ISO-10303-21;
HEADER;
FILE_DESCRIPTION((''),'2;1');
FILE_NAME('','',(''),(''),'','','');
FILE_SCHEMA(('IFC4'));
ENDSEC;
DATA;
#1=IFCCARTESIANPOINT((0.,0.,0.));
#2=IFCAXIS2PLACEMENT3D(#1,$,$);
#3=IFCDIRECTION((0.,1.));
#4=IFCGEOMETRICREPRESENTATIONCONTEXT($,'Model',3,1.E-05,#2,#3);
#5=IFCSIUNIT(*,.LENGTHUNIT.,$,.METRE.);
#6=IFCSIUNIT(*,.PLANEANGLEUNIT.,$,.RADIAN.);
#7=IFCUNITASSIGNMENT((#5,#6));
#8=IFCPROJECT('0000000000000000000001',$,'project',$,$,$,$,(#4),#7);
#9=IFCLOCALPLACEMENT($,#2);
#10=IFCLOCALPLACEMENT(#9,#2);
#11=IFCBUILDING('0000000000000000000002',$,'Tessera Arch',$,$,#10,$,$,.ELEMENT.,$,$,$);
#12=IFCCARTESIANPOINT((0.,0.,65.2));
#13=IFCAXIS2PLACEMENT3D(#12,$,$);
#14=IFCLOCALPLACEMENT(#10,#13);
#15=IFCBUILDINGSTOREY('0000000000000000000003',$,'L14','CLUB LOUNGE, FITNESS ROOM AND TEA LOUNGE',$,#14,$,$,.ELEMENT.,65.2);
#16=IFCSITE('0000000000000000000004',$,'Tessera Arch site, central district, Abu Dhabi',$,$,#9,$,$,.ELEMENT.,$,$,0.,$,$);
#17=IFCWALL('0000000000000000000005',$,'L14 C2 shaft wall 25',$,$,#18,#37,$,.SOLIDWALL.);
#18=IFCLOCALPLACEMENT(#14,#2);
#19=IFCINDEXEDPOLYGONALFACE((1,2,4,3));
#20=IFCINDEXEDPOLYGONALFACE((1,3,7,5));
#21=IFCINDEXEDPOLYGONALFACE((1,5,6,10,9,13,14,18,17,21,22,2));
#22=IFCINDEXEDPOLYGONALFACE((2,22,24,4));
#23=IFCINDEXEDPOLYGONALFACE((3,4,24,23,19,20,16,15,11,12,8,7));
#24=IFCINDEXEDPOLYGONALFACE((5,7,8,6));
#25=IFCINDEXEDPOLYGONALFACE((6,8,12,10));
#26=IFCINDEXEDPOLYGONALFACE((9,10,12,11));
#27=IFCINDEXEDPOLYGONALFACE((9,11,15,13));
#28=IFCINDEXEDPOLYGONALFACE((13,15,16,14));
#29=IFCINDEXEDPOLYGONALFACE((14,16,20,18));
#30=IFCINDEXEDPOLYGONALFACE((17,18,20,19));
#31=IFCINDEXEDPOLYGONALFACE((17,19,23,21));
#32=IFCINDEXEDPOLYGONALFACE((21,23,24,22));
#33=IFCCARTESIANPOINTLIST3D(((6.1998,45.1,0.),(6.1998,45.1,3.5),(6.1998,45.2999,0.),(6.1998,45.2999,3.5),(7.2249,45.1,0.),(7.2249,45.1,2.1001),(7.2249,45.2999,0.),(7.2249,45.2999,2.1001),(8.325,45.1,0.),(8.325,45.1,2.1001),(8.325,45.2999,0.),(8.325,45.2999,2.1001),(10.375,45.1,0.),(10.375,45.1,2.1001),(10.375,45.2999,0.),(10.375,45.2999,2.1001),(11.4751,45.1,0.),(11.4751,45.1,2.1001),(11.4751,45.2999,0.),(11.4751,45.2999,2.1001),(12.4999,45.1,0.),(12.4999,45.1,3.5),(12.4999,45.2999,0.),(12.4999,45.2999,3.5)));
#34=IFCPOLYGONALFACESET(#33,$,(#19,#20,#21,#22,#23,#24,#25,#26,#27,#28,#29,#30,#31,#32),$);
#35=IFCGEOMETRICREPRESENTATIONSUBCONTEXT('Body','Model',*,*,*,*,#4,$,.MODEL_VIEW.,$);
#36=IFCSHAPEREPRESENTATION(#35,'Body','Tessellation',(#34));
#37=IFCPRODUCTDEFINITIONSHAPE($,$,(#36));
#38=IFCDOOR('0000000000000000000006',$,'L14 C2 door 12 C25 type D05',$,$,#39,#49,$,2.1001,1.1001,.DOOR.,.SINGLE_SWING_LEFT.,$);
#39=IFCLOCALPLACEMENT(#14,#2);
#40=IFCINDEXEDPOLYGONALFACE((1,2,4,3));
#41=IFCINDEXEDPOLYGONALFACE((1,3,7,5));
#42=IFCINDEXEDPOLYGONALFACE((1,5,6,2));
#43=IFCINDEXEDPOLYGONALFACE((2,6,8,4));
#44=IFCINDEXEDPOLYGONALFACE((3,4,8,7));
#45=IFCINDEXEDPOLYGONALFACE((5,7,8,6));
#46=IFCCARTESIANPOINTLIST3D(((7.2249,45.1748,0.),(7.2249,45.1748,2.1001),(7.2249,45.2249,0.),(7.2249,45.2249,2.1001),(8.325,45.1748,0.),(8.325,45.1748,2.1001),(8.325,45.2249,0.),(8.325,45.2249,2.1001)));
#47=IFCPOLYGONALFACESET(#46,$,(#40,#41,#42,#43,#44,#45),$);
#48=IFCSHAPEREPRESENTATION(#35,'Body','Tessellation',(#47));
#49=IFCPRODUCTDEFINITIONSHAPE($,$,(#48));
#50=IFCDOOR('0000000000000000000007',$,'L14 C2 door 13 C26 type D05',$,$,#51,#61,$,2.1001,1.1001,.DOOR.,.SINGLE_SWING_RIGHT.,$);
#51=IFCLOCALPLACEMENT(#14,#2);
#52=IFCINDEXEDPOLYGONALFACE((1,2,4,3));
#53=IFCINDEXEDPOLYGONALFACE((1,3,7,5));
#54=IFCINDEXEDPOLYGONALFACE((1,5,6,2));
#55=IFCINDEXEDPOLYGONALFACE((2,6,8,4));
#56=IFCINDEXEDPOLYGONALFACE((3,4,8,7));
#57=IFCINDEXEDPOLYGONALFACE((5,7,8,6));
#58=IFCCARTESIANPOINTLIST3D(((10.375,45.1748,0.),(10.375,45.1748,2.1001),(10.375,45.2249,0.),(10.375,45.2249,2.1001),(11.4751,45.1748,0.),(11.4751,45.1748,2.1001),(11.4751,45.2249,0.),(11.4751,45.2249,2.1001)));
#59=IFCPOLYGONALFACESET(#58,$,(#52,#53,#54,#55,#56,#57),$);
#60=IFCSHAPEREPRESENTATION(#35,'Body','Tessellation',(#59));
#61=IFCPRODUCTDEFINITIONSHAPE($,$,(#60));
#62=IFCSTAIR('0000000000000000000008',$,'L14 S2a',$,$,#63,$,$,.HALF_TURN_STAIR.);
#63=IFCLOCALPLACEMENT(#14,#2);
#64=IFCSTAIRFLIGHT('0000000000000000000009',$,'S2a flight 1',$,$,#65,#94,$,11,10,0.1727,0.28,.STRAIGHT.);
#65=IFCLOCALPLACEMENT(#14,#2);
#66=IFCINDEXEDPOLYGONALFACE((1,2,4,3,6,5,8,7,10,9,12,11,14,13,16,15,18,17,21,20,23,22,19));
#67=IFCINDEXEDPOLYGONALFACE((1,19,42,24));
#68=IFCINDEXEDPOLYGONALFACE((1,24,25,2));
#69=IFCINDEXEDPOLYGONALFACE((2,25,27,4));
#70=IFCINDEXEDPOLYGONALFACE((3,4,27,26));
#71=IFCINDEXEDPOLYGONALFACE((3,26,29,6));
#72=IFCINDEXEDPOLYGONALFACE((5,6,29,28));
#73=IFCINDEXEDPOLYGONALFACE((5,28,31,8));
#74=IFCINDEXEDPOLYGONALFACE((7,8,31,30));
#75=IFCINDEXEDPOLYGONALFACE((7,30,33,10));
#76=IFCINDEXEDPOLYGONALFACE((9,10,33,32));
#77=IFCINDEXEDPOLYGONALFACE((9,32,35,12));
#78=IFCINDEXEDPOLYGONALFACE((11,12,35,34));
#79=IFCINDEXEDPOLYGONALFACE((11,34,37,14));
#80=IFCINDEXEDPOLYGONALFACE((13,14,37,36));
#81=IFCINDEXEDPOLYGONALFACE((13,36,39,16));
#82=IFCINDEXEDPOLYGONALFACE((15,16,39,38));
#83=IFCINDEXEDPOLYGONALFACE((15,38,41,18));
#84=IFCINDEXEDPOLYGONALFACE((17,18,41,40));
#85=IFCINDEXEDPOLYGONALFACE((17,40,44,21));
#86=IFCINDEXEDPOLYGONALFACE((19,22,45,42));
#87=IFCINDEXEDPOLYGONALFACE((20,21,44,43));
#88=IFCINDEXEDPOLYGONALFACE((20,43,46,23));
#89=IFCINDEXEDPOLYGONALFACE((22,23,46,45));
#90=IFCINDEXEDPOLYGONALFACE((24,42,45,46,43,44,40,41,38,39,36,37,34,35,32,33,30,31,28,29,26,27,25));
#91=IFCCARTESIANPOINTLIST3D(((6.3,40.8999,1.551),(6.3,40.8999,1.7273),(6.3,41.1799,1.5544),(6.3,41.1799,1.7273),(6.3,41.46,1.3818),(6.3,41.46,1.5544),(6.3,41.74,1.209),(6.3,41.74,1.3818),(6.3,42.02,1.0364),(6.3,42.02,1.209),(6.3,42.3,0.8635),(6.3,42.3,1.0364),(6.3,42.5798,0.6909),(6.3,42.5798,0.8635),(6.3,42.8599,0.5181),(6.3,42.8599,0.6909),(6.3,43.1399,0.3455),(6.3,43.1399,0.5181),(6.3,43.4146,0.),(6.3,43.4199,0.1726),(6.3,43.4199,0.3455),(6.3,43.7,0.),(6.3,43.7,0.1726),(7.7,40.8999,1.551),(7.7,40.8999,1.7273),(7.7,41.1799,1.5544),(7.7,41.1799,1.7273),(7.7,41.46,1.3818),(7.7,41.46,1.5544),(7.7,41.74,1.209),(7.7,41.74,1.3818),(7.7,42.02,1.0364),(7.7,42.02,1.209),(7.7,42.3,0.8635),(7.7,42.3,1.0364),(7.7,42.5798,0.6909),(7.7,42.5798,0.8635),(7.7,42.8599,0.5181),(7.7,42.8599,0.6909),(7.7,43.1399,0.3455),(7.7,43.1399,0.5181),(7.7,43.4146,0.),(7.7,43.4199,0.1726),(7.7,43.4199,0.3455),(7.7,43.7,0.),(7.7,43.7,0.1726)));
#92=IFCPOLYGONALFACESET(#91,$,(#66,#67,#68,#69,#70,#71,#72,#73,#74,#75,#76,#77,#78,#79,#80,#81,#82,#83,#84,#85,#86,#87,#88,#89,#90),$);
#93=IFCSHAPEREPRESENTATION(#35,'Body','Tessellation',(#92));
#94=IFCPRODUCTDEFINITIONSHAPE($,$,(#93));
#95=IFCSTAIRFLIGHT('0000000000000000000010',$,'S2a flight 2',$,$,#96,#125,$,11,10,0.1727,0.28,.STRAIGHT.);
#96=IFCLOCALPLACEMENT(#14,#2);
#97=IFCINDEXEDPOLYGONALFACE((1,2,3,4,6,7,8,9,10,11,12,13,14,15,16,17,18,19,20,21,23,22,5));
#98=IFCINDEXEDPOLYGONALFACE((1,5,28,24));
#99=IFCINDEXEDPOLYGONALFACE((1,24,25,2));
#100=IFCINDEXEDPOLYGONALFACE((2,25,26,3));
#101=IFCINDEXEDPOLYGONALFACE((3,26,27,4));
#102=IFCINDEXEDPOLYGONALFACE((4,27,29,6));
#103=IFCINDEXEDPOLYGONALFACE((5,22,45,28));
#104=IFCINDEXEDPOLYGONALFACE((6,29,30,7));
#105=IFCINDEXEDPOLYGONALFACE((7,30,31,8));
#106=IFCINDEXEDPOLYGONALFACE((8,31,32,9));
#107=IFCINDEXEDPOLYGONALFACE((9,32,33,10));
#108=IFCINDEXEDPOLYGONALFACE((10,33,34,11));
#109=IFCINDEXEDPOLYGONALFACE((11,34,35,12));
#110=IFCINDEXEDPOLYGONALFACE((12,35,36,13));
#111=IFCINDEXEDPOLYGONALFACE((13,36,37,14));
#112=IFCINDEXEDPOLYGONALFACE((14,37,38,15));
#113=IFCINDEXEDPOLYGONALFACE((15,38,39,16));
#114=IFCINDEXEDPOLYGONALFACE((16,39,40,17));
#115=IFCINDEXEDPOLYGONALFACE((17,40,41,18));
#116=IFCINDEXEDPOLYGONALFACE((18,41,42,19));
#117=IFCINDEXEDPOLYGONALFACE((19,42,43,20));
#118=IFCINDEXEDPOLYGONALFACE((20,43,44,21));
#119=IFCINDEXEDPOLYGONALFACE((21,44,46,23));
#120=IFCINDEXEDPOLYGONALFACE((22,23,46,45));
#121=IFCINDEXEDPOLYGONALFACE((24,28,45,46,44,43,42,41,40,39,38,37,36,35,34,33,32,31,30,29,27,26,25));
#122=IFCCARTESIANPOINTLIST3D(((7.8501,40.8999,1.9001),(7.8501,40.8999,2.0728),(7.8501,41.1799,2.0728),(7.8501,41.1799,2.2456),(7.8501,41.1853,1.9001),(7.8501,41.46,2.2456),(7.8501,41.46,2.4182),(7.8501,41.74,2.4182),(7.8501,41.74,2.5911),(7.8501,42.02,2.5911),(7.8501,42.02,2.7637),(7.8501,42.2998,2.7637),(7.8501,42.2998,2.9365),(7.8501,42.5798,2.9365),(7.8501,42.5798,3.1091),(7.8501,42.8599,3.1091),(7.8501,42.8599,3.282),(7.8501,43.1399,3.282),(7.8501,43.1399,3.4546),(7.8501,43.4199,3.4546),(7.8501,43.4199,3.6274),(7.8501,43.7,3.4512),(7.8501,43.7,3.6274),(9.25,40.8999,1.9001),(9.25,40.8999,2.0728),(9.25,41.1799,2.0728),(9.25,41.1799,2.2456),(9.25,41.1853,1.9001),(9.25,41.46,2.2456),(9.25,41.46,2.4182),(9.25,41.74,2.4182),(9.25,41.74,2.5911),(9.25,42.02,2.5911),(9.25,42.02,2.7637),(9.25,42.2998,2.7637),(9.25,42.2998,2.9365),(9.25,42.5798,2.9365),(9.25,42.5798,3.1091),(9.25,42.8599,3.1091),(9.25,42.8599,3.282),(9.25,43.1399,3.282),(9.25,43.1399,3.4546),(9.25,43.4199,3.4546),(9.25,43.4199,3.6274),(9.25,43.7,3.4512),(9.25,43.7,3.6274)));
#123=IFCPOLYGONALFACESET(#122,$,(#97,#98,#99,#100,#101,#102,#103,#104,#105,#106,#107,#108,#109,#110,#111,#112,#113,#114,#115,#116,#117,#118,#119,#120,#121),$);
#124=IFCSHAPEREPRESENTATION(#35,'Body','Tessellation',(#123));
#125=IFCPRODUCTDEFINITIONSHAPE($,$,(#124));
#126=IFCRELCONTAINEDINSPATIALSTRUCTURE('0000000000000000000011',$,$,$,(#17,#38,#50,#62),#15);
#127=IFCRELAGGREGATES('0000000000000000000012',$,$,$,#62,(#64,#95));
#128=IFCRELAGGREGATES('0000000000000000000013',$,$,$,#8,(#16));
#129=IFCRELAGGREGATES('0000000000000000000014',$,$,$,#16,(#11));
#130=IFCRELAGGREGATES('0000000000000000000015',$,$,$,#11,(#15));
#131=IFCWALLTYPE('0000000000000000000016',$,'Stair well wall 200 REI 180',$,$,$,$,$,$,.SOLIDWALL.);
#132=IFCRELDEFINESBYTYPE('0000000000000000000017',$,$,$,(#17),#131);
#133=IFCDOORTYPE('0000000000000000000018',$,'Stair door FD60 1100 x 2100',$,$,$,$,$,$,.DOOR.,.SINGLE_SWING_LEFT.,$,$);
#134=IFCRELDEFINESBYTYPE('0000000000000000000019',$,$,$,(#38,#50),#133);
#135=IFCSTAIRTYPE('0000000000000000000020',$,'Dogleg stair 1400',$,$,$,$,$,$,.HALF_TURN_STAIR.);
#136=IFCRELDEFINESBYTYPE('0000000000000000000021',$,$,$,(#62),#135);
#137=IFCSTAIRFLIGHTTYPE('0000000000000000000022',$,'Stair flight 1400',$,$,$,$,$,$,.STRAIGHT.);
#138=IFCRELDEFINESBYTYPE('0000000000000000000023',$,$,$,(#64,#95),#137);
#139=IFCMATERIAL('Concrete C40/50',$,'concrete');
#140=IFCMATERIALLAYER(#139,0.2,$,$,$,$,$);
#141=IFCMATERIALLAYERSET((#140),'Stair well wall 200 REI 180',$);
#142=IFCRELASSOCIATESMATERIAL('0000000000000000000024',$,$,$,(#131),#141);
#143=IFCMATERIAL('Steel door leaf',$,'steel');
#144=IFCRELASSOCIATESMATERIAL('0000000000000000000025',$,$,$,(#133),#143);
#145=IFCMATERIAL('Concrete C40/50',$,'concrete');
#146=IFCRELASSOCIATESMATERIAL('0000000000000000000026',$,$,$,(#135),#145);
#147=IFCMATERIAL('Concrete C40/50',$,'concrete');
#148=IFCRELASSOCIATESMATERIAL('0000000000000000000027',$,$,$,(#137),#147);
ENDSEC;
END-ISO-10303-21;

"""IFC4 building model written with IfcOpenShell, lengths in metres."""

from ifc_helpers import new_model, si_unit, direction, frame, frame_2d, origin, place, context, subcontext, project, spatial, polyline, rectangle, outline, extrude, material, layer, layer_set, type_object, element, fill, aggregate, save


model = new_model("IFC4")

# Units and contexts
model_context = context("Model", 3, precision=1e-05, world=origin(), true_north=direction((0.0, 1.0)))
body_context = subcontext(model_context, "Body", "Model", "MODEL_VIEW")
ifc_project = project(units=[si_unit("LENGTHUNIT", "METRE"), si_unit("PLANEANGLEUNIT", "RADIAN")], contexts=[model_context])

# Site, building, storey
site_placement = place(None, origin())
site = spatial("IfcSite", under=ifc_project, at=site_placement, Name="Tessera Arch site, central district, Abu Dhabi", CompositionType="ELEMENT", RefElevation=0.0)
building_placement = place(site_placement, origin())
building = spatial("IfcBuilding", under=site, at=building_placement, Name="Tessera Arch", CompositionType="ELEMENT")
storey_placement = place(building_placement, frame((0.0, 0.0, 65.2)))
storey = spatial("IfcBuildingStorey", under=building, at=storey_placement, Name="L14", Description="CLUB LOUNGE, FITNESS ROOM AND TEA LOUNGE", CompositionType="ELEMENT", Elevation=65.2)

# Wall, openings, doors
ifc_material_1 = material(Name="Concrete C40/50", Category="concrete")
ifc_layer_1 = layer(ifc_material_1, 0.2)
ifc_layer_set_1 = layer_set([ifc_layer_1], Name="Stair well wall 200 REI 180")
wall_type_1 = type_object("IfcWallType", Name="Stair well wall 200 REI 180", PredefinedType="SOLIDWALL", material=ifc_layer_set_1)
wall_1_placement = place(storey_placement, frame((6.2, 45.2, 0.0), z_axis=(0.0, 0.0, 1.0), x_axis=(1.0, 0.0, 0.0)))
wall_1 = element("IfcWall", 1, at=wall_1_placement, inside=storey, type_object=wall_type_1, Name="L14 C2 shaft wall 25", PredefinedType="SOLIDWALL", context=body_context, shape_type="SweptSolid", body=[
    extrude(rectangle(XDim=6.3, YDim=0.2, at=frame_2d((3.1499, 0.0))), origin(), (0.0, 0.0, 1.0), 3.5),
])
opening_1_placement = place(wall_1_placement, frame((1.0249, 0.0, 0.0)))
opening_1 = element("IfcOpeningElement", 2, at=opening_1_placement, cuts=wall_1, PredefinedType="OPENING", context=body_context, shape_type="SweptSolid", body=[
    extrude(rectangle(XDim=1.1001, YDim=2.1001, at=frame_2d((0.55, 1.05))), frame((0.0, 0.1099, 0.0), z_axis=(0.0, -1.0, 0.0), x_axis=(1.0, 0.0, 0.0)), (0.0, 0.0, 1.0), 0.22),
])
opening_2_placement = place(wall_1_placement, frame((4.175, 0.0, 0.0)))
opening_2 = element("IfcOpeningElement", 3, at=opening_2_placement, cuts=wall_1, PredefinedType="OPENING", context=body_context, shape_type="SweptSolid", body=[
    extrude(rectangle(XDim=1.1001, YDim=2.1001, at=frame_2d((0.55, 1.05))), frame((0.0, 0.1099, 0.0), z_axis=(0.0, -1.0, 0.0), x_axis=(1.0, 0.0, 0.0)), (0.0, 0.0, 1.0), 0.22),
])
ifc_material_2 = material(Name="Steel door leaf", Category="steel")
door_type_1 = type_object("IfcDoorType", Name="Stair door FD60 1100 x 2100", OperationType="SINGLE_SWING_LEFT", PredefinedType="DOOR", material=ifc_material_2)
door_1_placement = place(opening_1_placement, origin())
door_1 = element("IfcDoor", 4, at=door_1_placement, inside=storey, type_object=door_type_1, Name="L14 C2 door 12 C25 type D05", OperationType="SINGLE_SWING_LEFT", OverallHeight=2.1001, OverallWidth=1.1001, PredefinedType="DOOR", context=body_context, shape_type="SweptSolid", body=[
    extrude(rectangle(XDim=1.1001, YDim=2.1001, at=frame_2d((0.55, 1.05))), frame((0.0, 0.0249, 0.0), z_axis=(0.0, -1.0, 0.0), x_axis=(1.0, 0.0, 0.0)), (0.0, 0.0, 1.0), 0.05),
])
fill(opening_1, door_1)
door_2_placement = place(opening_2_placement, origin())
door_2 = element("IfcDoor", 5, at=door_2_placement, inside=storey, type_object=door_type_1, Name="L14 C2 door 13 C26 type D05", OperationType="SINGLE_SWING_RIGHT", OverallHeight=2.1001, OverallWidth=1.1001, PredefinedType="DOOR", context=body_context, shape_type="SweptSolid", body=[
    extrude(rectangle(XDim=1.1001, YDim=2.1001, at=frame_2d((0.55, 1.05))), frame((0.0, 0.0249, 0.0), z_axis=(0.0, -1.0, 0.0), x_axis=(1.0, 0.0, 0.0)), (0.0, 0.0, 1.0), 0.05),
])
fill(opening_2, door_2)

# Stair, stair flights
ifc_material_3 = material(Name="Concrete C40/50", Category="concrete")
stair_type = type_object("IfcStairType", Name="Dogleg stair 1400", PredefinedType="HALF_TURN_STAIR", material=ifc_material_3)
stair_placement = place(storey_placement, origin())
stair = element("IfcStair", 6, at=stair_placement, inside=storey, type_object=stair_type, Name="L14 S2a", PredefinedType="HALF_TURN_STAIR")
ifc_material_4 = material(Name="Concrete C40/50", Category="concrete")
stair_flight_type = type_object("IfcStairFlightType", Name="Stair flight 1400", PredefinedType="STRAIGHT", material=ifc_material_4)
stair_flight_1_placement = place(storey_placement, frame((7.0, 43.7, 0.0), z_axis=(0.0, 0.0, 1.0), x_axis=(0.0, -1.0, 0.0)))
stair_flight_1 = element("IfcStairFlight", 7, at=stair_flight_1_placement, type_object=stair_flight_type, Name="S2a flight 1", NumberOfRisers=11, NumberOfTreads=10, PredefinedType="STRAIGHT", RiserHeight=0.1727, TreadLength=0.28, context=body_context, shape_type="SweptSolid", body=[
    extrude(outline(polyline([(0.0, 0.0), (0.0, 0.1726), (0.28, 0.1726), (0.28, 0.3455), (0.5601, 0.3455), (0.5601, 0.5181), (0.8401, 0.5181), (0.8401, 0.6909), (1.1201, 0.6909), (1.1201, 0.8635), (1.3999, 0.8635), (1.3999, 1.0364), (1.6799, 1.0364), (1.6799, 1.209), (1.96, 1.209), (1.96, 1.3818), (2.24, 1.3818), (2.24, 1.5544), (2.52, 1.5544), (2.52, 1.7273), (2.8, 1.7273), (2.8, 1.8999), (2.8, 1.551), (0.2854, 0.0), (0.0, 0.0)])), frame((0.0, 0.7, 0.0), z_axis=(0.0, -1.0, 0.0), x_axis=(1.0, 0.0, 0.0)), (0.0, 0.0, 1.0), 1.3999),
])
stair_flight_2_placement = place(storey_placement, frame((8.55, 40.8999, 1.9001), z_axis=(0.0, 0.0, 1.0), x_axis=(0.0, 1.0, 0.0)))
stair_flight_2 = element("IfcStairFlight", 8, at=stair_flight_2_placement, type_object=stair_flight_type, Name="S2a flight 2", NumberOfRisers=11, NumberOfTreads=10, PredefinedType="STRAIGHT", RiserHeight=0.1727, TreadLength=0.28, context=body_context, shape_type="SweptSolid", body=[
    extrude(outline(polyline([(0.0, 0.0), (0.0, 0.1726), (0.28, 0.1726), (0.28, 0.3455), (0.5601, 0.3455), (0.5601, 0.5181), (0.8401, 0.5181), (0.8401, 0.6909), (1.1201, 0.6909), (1.1201, 0.8635), (1.3999, 0.8635), (1.3999, 1.0364), (1.6799, 1.0364), (1.6799, 1.209), (1.96, 1.209), (1.96, 1.3818), (2.24, 1.3818), (2.24, 1.5544), (2.52, 1.5544), (2.52, 1.7273), (2.8, 1.7273), (2.8, 1.8999), (2.8, 1.551), (0.2854, 0.0), (0.0, 0.0)])), frame((0.0, 0.7, 0.0), z_axis=(0.0, -1.0, 0.0), x_axis=(1.0, 0.0, 0.0)), (0.0, 0.0, 1.0), 1.3999),
])
aggregate(stair, [stair_flight_1, stair_flight_2])

save(model, "model.ifc")
